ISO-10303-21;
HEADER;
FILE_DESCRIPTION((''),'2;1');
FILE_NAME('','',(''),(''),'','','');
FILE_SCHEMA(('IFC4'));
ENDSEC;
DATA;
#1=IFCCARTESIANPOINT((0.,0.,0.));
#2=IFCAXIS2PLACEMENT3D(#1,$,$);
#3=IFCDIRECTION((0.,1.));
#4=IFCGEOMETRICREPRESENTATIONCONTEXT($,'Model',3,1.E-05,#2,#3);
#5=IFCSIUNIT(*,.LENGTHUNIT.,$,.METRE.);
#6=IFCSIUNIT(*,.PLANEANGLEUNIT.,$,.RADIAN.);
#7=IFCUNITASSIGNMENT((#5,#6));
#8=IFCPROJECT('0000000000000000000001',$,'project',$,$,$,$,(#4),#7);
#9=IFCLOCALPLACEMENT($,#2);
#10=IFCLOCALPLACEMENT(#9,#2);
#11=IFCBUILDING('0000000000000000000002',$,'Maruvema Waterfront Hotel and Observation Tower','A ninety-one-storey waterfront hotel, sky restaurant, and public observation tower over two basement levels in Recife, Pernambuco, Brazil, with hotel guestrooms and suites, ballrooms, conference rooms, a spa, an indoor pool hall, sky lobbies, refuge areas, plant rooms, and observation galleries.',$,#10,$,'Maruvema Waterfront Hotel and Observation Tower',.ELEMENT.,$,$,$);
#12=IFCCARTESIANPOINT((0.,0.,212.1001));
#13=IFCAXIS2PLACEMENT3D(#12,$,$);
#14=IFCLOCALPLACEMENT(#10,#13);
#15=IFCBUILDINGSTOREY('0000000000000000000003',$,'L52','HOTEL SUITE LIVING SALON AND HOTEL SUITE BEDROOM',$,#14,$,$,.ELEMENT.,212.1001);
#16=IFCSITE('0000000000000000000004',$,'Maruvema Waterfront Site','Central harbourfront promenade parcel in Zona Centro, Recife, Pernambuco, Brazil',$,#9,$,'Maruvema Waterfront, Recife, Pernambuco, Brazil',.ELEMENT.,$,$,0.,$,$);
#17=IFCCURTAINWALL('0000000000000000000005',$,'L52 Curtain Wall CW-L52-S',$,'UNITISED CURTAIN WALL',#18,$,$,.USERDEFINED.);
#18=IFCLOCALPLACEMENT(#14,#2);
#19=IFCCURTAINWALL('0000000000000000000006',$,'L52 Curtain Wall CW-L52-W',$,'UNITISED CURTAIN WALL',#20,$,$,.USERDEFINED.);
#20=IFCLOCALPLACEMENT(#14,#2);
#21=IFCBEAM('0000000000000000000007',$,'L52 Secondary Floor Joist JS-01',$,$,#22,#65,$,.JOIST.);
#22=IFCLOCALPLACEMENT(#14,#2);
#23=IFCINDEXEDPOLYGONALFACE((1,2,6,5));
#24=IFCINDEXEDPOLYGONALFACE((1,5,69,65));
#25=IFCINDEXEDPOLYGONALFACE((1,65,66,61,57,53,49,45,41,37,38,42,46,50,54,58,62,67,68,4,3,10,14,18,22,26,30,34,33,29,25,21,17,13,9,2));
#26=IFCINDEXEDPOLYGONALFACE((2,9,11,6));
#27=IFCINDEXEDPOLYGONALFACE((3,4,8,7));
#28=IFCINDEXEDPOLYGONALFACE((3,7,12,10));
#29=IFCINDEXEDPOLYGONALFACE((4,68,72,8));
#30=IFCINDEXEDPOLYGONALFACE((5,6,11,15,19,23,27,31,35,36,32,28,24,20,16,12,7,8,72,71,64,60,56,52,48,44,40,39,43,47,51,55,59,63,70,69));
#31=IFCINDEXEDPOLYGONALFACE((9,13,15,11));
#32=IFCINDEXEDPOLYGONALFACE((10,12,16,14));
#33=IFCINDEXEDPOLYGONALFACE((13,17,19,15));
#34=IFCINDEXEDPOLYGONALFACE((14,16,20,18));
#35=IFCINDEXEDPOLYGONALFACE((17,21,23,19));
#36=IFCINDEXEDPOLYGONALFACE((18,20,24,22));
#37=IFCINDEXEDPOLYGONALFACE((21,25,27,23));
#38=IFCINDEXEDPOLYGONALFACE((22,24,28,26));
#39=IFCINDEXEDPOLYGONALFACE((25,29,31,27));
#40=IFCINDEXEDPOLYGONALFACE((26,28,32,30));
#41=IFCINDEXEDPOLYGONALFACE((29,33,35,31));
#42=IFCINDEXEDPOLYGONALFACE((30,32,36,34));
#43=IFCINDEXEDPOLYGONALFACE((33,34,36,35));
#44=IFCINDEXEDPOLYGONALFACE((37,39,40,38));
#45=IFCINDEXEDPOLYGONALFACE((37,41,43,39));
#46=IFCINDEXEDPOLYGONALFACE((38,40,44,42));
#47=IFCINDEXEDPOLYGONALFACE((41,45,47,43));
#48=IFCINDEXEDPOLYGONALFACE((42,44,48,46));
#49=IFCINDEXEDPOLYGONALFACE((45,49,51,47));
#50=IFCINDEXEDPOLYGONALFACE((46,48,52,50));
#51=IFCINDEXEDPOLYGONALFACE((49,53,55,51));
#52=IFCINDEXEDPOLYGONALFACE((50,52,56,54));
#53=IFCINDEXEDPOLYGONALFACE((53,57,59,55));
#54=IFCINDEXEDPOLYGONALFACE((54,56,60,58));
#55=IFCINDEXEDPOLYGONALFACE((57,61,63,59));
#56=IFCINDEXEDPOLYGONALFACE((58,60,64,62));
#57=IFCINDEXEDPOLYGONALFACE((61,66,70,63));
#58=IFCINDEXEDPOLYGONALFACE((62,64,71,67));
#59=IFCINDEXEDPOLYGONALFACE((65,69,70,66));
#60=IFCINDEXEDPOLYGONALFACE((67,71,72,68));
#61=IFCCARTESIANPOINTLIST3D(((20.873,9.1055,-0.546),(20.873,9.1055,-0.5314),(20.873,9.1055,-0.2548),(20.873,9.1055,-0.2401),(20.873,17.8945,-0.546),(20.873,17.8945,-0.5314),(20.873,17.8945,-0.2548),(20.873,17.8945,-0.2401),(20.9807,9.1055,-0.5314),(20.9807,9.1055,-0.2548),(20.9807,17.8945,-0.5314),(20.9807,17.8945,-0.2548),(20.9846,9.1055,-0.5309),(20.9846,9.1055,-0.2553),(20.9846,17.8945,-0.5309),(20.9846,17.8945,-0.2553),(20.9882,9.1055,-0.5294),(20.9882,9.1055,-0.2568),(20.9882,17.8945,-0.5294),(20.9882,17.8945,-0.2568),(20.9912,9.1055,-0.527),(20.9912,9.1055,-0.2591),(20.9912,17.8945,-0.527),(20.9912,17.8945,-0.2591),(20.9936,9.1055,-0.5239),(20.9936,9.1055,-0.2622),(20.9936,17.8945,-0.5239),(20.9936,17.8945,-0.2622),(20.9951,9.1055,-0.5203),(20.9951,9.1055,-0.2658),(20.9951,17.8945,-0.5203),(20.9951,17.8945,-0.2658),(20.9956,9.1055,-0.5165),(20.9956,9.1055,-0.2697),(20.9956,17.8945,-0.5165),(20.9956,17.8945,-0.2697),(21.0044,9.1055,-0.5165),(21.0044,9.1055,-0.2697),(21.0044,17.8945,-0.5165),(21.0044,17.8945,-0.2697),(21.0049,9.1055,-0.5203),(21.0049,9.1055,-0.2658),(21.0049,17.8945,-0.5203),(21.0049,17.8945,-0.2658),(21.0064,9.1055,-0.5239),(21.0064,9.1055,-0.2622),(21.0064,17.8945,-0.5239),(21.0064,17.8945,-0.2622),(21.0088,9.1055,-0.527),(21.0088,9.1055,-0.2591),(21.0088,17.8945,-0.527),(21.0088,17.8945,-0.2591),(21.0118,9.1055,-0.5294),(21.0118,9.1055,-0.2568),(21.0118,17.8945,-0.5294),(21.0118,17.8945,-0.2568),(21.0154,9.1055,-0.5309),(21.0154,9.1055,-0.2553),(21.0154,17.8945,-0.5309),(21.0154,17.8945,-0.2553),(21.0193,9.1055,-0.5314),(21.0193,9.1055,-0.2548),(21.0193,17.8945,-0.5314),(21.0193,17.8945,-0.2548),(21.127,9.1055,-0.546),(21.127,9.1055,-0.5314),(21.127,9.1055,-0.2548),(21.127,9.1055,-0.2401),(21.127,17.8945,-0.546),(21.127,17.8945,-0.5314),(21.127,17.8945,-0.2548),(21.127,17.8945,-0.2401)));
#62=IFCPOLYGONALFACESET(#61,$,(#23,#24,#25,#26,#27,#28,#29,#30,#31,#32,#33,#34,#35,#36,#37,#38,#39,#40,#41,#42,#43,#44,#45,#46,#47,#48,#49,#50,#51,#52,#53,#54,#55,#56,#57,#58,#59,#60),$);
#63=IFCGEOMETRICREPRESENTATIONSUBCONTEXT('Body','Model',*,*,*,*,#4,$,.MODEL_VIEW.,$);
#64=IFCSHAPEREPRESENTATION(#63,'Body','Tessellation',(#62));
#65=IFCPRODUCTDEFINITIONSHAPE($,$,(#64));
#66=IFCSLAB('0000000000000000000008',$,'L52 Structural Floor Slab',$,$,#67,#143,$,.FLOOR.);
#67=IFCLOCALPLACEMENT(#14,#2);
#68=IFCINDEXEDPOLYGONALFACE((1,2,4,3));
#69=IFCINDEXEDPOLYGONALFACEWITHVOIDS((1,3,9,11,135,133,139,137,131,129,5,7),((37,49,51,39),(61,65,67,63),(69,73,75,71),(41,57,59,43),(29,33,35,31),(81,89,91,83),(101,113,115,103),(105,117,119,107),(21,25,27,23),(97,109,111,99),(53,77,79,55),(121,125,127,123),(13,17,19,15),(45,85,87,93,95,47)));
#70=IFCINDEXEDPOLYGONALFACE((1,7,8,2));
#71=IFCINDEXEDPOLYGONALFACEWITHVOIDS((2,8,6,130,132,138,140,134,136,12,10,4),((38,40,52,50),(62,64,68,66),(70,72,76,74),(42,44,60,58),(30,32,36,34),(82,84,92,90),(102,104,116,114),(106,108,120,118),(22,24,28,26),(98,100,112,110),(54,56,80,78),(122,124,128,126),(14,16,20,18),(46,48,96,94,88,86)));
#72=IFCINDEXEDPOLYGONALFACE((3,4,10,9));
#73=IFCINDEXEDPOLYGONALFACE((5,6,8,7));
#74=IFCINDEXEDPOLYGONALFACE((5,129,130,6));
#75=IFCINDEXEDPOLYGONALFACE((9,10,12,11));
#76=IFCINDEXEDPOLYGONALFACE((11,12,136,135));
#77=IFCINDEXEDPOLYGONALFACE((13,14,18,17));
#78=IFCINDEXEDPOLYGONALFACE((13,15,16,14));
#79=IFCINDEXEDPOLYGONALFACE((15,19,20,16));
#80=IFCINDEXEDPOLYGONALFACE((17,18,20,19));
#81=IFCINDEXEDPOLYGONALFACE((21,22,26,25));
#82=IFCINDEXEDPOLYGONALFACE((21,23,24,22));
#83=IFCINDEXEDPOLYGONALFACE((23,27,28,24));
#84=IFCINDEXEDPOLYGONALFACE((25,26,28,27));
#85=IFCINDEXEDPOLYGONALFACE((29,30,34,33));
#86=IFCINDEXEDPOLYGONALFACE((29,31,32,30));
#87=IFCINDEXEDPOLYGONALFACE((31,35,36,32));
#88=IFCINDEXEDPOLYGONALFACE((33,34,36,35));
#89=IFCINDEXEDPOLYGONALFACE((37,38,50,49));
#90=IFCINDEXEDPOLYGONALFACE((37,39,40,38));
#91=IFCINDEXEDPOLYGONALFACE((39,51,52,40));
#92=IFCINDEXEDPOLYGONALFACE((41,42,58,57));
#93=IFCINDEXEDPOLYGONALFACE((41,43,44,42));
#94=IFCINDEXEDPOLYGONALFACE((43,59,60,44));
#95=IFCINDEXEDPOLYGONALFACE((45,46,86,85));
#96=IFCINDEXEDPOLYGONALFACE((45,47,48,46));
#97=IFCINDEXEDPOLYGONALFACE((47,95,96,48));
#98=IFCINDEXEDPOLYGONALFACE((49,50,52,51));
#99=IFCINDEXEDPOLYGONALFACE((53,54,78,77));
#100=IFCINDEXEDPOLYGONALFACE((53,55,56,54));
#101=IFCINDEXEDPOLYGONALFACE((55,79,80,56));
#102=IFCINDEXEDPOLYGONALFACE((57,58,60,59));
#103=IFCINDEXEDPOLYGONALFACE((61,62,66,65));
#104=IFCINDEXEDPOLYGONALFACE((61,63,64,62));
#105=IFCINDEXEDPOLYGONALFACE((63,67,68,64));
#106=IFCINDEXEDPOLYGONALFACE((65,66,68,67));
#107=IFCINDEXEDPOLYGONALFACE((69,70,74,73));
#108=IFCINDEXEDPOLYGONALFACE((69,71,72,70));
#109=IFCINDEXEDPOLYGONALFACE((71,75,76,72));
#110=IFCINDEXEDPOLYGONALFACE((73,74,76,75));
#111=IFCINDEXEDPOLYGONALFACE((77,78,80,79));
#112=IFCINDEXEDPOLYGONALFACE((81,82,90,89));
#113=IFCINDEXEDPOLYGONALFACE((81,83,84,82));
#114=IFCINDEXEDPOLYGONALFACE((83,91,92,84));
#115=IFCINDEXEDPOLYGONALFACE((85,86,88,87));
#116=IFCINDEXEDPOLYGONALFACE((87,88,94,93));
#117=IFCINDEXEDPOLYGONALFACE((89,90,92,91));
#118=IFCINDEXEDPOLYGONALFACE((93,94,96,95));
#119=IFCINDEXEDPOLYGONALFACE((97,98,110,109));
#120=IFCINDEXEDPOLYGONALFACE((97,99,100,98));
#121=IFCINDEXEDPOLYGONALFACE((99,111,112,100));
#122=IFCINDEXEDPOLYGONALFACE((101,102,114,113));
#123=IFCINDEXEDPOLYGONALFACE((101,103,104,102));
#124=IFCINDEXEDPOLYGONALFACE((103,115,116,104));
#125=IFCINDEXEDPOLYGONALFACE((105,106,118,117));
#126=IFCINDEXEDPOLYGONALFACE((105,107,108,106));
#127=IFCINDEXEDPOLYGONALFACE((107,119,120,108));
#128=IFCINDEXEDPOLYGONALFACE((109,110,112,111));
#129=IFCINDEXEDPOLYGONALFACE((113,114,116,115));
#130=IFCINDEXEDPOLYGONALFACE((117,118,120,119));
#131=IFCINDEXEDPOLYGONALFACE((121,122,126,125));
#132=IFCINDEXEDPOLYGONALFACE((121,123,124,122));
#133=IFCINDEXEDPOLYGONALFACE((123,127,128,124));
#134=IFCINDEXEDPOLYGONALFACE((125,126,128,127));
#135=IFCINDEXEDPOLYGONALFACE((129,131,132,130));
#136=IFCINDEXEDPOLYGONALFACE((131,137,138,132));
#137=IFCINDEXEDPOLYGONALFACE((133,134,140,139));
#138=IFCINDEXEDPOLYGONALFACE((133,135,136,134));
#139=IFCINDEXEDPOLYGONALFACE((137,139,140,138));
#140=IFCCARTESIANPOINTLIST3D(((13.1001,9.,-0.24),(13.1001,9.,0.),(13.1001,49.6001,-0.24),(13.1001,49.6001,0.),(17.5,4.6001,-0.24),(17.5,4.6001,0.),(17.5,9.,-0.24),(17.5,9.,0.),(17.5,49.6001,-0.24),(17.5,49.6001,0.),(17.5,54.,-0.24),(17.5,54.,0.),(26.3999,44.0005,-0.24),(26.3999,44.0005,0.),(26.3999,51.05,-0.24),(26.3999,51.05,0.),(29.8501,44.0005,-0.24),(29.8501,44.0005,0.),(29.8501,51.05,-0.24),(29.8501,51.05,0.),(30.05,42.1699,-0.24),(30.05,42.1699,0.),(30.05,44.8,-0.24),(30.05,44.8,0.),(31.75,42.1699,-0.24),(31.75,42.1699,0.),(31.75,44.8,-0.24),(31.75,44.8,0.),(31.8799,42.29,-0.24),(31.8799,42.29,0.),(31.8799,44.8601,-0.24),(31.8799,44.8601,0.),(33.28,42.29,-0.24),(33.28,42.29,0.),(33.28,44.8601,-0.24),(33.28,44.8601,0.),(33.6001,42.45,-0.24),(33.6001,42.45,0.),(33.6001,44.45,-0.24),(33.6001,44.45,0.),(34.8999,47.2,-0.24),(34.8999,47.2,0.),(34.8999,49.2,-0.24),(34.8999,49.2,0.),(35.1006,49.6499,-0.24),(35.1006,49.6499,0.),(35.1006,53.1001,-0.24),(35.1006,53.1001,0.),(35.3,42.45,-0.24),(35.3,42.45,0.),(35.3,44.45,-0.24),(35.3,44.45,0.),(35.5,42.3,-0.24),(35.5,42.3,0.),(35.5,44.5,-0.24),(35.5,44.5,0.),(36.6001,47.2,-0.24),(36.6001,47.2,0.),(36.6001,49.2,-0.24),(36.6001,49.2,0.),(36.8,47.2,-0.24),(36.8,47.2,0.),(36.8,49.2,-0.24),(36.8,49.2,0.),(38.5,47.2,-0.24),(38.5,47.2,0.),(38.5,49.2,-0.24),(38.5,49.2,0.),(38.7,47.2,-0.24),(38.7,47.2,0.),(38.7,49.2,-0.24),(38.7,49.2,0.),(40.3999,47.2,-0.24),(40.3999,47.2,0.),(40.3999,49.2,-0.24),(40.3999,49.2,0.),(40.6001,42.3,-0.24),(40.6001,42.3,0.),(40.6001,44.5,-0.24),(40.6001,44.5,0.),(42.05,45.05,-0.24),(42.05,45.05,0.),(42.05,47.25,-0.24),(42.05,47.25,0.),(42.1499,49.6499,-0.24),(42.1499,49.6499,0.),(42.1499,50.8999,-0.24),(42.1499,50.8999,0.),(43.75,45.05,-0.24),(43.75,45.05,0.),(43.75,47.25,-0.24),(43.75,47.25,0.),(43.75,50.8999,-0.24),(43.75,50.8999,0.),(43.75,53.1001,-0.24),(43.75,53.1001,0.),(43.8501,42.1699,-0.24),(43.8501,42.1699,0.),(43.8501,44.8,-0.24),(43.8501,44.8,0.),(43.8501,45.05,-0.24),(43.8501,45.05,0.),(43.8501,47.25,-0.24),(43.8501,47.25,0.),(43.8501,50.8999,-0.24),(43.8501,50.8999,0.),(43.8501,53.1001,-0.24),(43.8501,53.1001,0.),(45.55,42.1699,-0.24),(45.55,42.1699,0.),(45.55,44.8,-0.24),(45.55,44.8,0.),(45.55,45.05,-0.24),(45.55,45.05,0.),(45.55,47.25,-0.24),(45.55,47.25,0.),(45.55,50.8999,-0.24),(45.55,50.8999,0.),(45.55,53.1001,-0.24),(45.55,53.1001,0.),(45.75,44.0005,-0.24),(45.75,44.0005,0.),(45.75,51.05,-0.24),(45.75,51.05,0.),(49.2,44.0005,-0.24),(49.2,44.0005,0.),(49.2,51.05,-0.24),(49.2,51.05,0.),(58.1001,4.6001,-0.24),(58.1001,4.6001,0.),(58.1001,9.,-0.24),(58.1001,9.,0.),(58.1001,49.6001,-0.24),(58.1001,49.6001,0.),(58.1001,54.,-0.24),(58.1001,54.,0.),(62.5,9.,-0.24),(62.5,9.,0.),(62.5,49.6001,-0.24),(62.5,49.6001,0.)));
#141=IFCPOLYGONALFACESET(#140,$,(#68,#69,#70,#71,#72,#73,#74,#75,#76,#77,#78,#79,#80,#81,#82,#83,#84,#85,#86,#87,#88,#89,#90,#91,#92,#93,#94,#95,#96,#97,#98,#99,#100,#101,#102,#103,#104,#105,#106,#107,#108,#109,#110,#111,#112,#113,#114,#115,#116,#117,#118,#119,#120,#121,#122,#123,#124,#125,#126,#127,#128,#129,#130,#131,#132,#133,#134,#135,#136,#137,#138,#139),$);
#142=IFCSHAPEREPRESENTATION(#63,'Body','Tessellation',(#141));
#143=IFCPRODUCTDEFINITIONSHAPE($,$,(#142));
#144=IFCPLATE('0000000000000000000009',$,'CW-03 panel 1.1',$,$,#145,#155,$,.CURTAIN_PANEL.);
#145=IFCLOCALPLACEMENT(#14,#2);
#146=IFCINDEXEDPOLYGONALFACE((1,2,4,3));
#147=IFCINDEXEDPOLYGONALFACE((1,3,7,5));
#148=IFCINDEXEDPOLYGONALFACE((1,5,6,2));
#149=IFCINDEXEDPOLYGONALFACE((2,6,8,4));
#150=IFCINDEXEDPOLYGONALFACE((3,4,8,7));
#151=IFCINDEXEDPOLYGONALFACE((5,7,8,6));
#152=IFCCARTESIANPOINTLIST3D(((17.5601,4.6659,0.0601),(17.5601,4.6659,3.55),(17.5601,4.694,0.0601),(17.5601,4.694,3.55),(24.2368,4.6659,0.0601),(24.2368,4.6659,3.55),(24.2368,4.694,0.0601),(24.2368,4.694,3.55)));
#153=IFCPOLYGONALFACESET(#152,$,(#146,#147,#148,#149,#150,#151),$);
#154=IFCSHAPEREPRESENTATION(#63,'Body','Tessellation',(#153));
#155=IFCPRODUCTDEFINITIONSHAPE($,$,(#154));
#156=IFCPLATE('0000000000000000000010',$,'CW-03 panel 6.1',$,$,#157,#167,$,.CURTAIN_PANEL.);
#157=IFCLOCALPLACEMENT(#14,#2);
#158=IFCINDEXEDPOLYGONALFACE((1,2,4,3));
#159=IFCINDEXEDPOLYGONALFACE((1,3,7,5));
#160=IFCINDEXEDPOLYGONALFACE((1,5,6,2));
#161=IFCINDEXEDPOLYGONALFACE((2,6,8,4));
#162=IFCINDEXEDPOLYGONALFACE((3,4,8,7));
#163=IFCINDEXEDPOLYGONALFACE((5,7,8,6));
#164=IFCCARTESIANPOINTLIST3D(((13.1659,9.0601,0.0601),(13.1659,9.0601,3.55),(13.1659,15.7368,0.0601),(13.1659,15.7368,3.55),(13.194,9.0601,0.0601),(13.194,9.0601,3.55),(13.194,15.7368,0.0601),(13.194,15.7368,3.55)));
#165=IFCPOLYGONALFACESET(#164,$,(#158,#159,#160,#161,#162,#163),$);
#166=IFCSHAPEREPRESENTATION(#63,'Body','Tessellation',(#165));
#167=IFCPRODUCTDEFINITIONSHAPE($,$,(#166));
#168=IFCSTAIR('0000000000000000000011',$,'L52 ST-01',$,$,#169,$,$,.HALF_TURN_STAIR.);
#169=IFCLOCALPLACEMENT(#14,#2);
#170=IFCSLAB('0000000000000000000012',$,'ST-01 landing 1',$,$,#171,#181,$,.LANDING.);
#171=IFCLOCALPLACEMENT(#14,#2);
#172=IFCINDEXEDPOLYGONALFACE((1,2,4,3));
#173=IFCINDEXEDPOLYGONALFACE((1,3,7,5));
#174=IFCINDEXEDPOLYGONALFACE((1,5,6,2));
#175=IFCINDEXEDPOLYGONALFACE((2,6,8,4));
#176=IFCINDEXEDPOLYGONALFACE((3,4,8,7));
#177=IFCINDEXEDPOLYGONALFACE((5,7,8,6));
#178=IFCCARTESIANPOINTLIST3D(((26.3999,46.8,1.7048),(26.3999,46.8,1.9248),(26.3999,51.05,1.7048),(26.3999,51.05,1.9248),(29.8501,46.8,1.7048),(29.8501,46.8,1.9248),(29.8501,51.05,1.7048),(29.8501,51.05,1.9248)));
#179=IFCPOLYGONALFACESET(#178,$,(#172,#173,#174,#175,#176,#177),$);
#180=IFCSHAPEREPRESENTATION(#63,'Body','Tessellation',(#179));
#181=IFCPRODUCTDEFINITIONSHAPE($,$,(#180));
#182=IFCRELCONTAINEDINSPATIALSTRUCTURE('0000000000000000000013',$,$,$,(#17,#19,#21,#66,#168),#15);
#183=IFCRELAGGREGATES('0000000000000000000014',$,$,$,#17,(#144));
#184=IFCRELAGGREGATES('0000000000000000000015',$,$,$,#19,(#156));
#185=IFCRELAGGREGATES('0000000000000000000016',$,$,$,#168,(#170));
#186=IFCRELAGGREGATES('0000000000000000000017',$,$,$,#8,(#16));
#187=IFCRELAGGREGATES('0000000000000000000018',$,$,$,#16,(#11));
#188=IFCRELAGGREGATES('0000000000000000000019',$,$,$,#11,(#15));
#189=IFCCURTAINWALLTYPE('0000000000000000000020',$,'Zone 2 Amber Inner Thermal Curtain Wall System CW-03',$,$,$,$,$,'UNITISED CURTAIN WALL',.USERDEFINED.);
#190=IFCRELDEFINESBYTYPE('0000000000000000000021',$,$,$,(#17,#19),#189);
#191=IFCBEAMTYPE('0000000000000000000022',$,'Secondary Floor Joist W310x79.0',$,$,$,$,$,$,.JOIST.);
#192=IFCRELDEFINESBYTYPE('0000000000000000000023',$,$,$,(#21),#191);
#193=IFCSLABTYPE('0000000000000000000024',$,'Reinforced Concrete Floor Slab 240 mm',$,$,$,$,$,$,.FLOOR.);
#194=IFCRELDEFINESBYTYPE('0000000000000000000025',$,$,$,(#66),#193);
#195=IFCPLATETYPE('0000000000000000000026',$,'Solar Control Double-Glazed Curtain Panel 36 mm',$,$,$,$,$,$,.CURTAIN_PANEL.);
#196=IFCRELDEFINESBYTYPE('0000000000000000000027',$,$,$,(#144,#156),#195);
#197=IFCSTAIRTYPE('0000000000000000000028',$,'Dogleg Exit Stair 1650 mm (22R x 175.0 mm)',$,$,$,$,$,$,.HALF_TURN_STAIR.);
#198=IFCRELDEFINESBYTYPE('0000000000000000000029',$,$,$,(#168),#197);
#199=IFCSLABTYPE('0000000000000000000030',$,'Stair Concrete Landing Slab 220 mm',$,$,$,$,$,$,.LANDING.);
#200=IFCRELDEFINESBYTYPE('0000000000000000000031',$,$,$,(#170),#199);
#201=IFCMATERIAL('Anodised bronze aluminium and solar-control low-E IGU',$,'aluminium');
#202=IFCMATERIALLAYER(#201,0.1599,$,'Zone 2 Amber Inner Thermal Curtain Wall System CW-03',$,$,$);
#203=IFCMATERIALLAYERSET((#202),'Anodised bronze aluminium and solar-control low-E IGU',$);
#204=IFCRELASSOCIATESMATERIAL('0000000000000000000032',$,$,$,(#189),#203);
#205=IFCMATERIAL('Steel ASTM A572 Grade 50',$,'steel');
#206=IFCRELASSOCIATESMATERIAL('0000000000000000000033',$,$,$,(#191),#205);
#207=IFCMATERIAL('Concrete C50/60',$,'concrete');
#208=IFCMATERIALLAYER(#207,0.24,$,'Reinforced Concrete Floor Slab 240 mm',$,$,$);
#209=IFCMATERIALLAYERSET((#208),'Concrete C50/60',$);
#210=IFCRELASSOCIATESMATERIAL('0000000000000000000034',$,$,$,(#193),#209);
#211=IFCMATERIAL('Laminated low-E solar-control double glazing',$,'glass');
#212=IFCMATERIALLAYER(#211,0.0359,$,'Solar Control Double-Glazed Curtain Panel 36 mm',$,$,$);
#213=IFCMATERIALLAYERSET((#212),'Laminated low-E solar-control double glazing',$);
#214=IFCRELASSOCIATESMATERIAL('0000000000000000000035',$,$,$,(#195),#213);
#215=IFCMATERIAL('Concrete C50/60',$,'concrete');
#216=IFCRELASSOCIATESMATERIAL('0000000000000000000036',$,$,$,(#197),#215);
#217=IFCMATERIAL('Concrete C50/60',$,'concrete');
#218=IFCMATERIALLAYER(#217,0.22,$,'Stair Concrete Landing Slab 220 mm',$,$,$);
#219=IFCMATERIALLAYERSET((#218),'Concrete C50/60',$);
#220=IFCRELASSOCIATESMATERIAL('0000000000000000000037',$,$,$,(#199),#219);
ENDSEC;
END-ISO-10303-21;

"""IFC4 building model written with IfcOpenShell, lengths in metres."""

from ifc_helpers import new_model, si_unit, direction, frame, origin, origin_2d, place, context, subcontext, project, spatial, polyline, rectangle, i_section, outline, extrude, material, layer, layer_set, material_profile, profile_set, type_object, element, aggregate, save


model = new_model("IFC4")

# Units and contexts
model_context = context("Model", 3, precision=1e-05, world=origin(), true_north=direction((0.0, 1.0)))
body_context = subcontext(model_context, "Body", "Model", "MODEL_VIEW")
ifc_project = project(units=[si_unit("LENGTHUNIT", "METRE"), si_unit("PLANEANGLEUNIT", "RADIAN")], contexts=[model_context])

# Site, building, storey
site_placement = place(None, origin())
site = spatial("IfcSite", under=ifc_project, at=site_placement, Name="Maruvema Waterfront Site", Description="Central harbourfront promenade parcel in Zona Centro, Recife, Pernambuco, Brazil", LongName="Maruvema Waterfront, Recife, Pernambuco, Brazil", CompositionType="ELEMENT", RefElevation=0.0)
building_placement = place(site_placement, origin())
building = spatial("IfcBuilding", under=site, at=building_placement, Name="Maruvema Waterfront Hotel and Observation Tower", Description="A ninety-one-storey waterfront hotel, sky restaurant, and public observation tower over two basement levels in Recife, Pernambuco, Brazil, with hotel guestrooms and suites, ballrooms, conference rooms, a spa, an indoor pool hall, sky lobbies, refuge areas, plant rooms, and observation galleries.", LongName="Maruvema Waterfront Hotel and Observation Tower", CompositionType="ELEMENT")
storey_placement = place(building_placement, frame((0.0, 0.0, 212.1001)))
storey = spatial("IfcBuildingStorey", under=building, at=storey_placement, Name="L52", Description="HOTEL SUITE LIVING SALON AND HOTEL SUITE BEDROOM", CompositionType="ELEMENT", Elevation=212.1001)

# Curtain walls
ifc_material_1 = material(Name="Anodised bronze aluminium and solar-control low-E IGU", Category="aluminium")
ifc_layer_1 = layer(ifc_material_1, 0.1599, Name="Zone 2 Amber Inner Thermal Curtain Wall System CW-03")
ifc_layer_set_1 = layer_set([ifc_layer_1], Name="Anodised bronze aluminium and solar-control low-E IGU")
curtain_wall_type = type_object("IfcCurtainWallType", Name="Zone 2 Amber Inner Thermal Curtain Wall System CW-03", ElementType="UNITISED CURTAIN WALL", PredefinedType="USERDEFINED", material=ifc_layer_set_1)
curtain_wall_1_placement = place(storey_placement, origin())
curtain_wall_1 = element("IfcCurtainWall", 1, at=curtain_wall_1_placement, inside=storey, type_object=curtain_wall_type, Name="L52 Curtain Wall CW-L52-S", ObjectType="UNITISED CURTAIN WALL", PredefinedType="USERDEFINED")
curtain_wall_2_placement = place(storey_placement, origin())
curtain_wall_2 = element("IfcCurtainWall", 2, at=curtain_wall_2_placement, inside=storey, type_object=curtain_wall_type, Name="L52 Curtain Wall CW-L52-W", ObjectType="UNITISED CURTAIN WALL", PredefinedType="USERDEFINED")

# Beam
ifc_material_2 = material(Name="Steel ASTM A572 Grade 50", Category="steel")
ifc_material_profile_1 = material_profile(ifc_material_2, i_section(OverallWidth=0.2539, OverallDepth=0.3059, WebThickness=0.0088, FlangeThickness=0.0146, FilletRadius=0.0149, at=origin_2d()), Name="W310x79.0")
ifc_profile_set_1 = profile_set([ifc_material_profile_1], Name="Steel ASTM A572 Grade 50")
beam_type_1 = type_object("IfcBeamType", Name="Secondary Floor Joist W310x79.0", PredefinedType="JOIST", material=ifc_profile_set_1)
beam_1_placement = place(storey_placement, frame((21.0, 9.1055, -0.3931), z_axis=(0.0, 1.0, 0.0), x_axis=(-1.0, 0.0, 0.0)))
element("IfcBeam", 3, at=beam_1_placement, inside=storey, type_object=beam_type_1, Name="L52 Secondary Floor Joist JS-01", PredefinedType="JOIST", context=body_context, shape_type="SweptSolid", body=[
    extrude(i_section(OverallWidth=0.2539, OverallDepth=0.3059, WebThickness=0.0088, FlangeThickness=0.0146, FilletRadius=0.0149, at=origin_2d()), origin(), (0.0, 0.0, 1.0), 8.7891),
])

# Slab
ifc_material_3 = material(Name="Concrete C50/60", Category="concrete")
ifc_layer_2 = layer(ifc_material_3, 0.24, Name="Reinforced Concrete Floor Slab 240 mm")
ifc_layer_set_2 = layer_set([ifc_layer_2], Name="Concrete C50/60")
slab_type_1 = type_object("IfcSlabType", Name="Reinforced Concrete Floor Slab 240 mm", PredefinedType="FLOOR", material=ifc_layer_set_2)
slab_1_placement = place(storey_placement, frame((0.0, 0.0, -0.24)))
element("IfcSlab", 4, at=slab_1_placement, inside=storey, type_object=slab_type_1, Name="L52 Structural Floor Slab", PredefinedType="FLOOR", context=body_context, shape_type="SweptSolid", body=[
    extrude(outline(polyline([(17.5, 4.6001), (58.1001, 4.6001), (58.1001, 9.0), (62.5, 9.0), (62.5, 49.6001), (58.1001, 49.6001), (58.1001, 54.0), (17.5, 54.0), (17.5, 49.6001), (13.1001, 49.6001), (13.1001, 9.0), (17.5, 9.0), (17.5, 4.6001)]), holes=[polyline([(26.3999, 44.0005), (26.3999, 51.05), (29.8501, 51.05), (29.8501, 44.0005), (26.3999, 44.0005)]), polyline([(30.05, 44.8), (31.75, 44.8), (31.75, 42.1699), (30.05, 42.1699), (30.05, 44.8)]), polyline([(31.8799, 44.8601), (33.28, 44.8601), (33.28, 42.29), (31.8799, 42.29), (31.8799, 44.8601)]), polyline([(33.6001, 44.45), (35.3, 44.45), (35.3, 42.45), (33.6001, 42.45), (33.6001, 44.45)]), polyline([(34.8999, 49.2), (36.6001, 49.2), (36.6001, 47.2), (34.8999, 47.2), (34.8999, 49.2)]), polyline([(36.8, 49.2), (38.5, 49.2), (38.5, 47.2), (36.8, 47.2), (36.8, 49.2)]), polyline([(35.5, 42.3), (35.5, 44.5), (40.6001, 44.5), (40.6001, 42.3), (35.5, 42.3)]), polyline([(35.1006, 53.1001), (43.75, 53.1001), (43.75, 50.8999), (42.1499, 50.8999), (42.1499, 49.6499), (35.1006, 49.6499), (35.1006, 53.1001)]), polyline([(38.7, 49.2), (40.3999, 49.2), (40.3999, 47.2), (38.7, 47.2), (38.7, 49.2)]), polyline([(42.05, 47.25), (43.75, 47.25), (43.75, 45.05), (42.05, 45.05), (42.05, 47.25)]), polyline([(43.8501, 44.8), (45.55, 44.8), (45.55, 42.1699), (43.8501, 42.1699), (43.8501, 44.8)]), polyline([(43.8501, 47.25), (45.55, 47.25), (45.55, 45.05), (43.8501, 45.05), (43.8501, 47.25)]), polyline([(45.55, 53.1001), (45.55, 50.8999), (43.8501, 50.8999), (43.8501, 53.1001), (45.55, 53.1001)]), polyline([(45.75, 44.0005), (45.75, 51.05), (49.2, 51.05), (49.2, 44.0005), (45.75, 44.0005)])]), origin(), (0.0, 0.0, 1.0), 0.24),
])

# Plates
ifc_material_4 = material(Name="Laminated low-E solar-control double glazing", Category="glass")
ifc_layer_3 = layer(ifc_material_4, 0.0359, Name="Solar Control Double-Glazed Curtain Panel 36 mm")
ifc_layer_set_3 = layer_set([ifc_layer_3], Name="Laminated low-E solar-control double glazing")
plate_type = type_object("IfcPlateType", Name="Solar Control Double-Glazed Curtain Panel 36 mm", PredefinedType="CURTAIN_PANEL", material=ifc_layer_set_3)
plate_1_placement = place(storey_placement, frame((20.8984, 4.6799, 0.0601), z_axis=(0.0, 0.0, 1.0), x_axis=(1.0, 0.0, 0.0)))
plate_1 = element("IfcPlate", 5, at=plate_1_placement, type_object=plate_type, Name="CW-03 panel 1.1", PredefinedType="CURTAIN_PANEL", context=body_context, shape_type="SweptSolid", body=[
    extrude(rectangle(XDim=6.6768, YDim=0.0281, at=origin_2d()), origin(), (0.0, 0.0, 1.0), 3.49),
])
aggregate(curtain_wall_1, [plate_1])
plate_2_placement = place(storey_placement, frame((13.1799, 12.3984, 0.0601), z_axis=(0.0, 0.0, 1.0), x_axis=(0.0, -1.0, 0.0)))
plate_2 = element("IfcPlate", 6, at=plate_2_placement, type_object=plate_type, Name="CW-03 panel 6.1", PredefinedType="CURTAIN_PANEL", context=body_context, shape_type="SweptSolid", body=[
    extrude(rectangle(XDim=6.6768, YDim=0.0281, at=origin_2d()), origin(), (0.0, 0.0, 1.0), 3.49),
])
aggregate(curtain_wall_2, [plate_2])

# Stair, slab
ifc_material_5 = material(Name="Concrete C50/60", Category="concrete")
stair_type = type_object("IfcStairType", Name="Dogleg Exit Stair 1650 mm (22R x 175.0 mm)", PredefinedType="HALF_TURN_STAIR", material=ifc_material_5)
stair_1_placement = place(storey_placement, origin())
stair_1 = element("IfcStair", 7, at=stair_1_placement, inside=storey, type_object=stair_type, Name="L52 ST-01", PredefinedType="HALF_TURN_STAIR")
ifc_material_6 = material(Name="Concrete C50/60", Category="concrete")
ifc_layer_4 = layer(ifc_material_6, 0.22, Name="Stair Concrete Landing Slab 220 mm")
ifc_layer_set_4 = layer_set([ifc_layer_4], Name="Concrete C50/60")
slab_type_2 = type_object("IfcSlabType", Name="Stair Concrete Landing Slab 220 mm", PredefinedType="LANDING", material=ifc_layer_set_4)
slab_2_placement = place(storey_placement, frame((0.0, 0.0, 1.7048)))
slab_2 = element("IfcSlab", 8, at=slab_2_placement, type_object=slab_type_2, Name="ST-01 landing 1", PredefinedType="LANDING", context=body_context, shape_type="SweptSolid", body=[
    extrude(outline(polyline([(29.8501, 46.8), (29.8501, 51.05), (26.3999, 51.05), (26.3999, 46.8), (29.8501, 46.8)])), origin(), (0.0, 0.0, 1.0), 0.22),
])
aggregate(stair_1, [slab_2])

save(model, "model.ifc")
